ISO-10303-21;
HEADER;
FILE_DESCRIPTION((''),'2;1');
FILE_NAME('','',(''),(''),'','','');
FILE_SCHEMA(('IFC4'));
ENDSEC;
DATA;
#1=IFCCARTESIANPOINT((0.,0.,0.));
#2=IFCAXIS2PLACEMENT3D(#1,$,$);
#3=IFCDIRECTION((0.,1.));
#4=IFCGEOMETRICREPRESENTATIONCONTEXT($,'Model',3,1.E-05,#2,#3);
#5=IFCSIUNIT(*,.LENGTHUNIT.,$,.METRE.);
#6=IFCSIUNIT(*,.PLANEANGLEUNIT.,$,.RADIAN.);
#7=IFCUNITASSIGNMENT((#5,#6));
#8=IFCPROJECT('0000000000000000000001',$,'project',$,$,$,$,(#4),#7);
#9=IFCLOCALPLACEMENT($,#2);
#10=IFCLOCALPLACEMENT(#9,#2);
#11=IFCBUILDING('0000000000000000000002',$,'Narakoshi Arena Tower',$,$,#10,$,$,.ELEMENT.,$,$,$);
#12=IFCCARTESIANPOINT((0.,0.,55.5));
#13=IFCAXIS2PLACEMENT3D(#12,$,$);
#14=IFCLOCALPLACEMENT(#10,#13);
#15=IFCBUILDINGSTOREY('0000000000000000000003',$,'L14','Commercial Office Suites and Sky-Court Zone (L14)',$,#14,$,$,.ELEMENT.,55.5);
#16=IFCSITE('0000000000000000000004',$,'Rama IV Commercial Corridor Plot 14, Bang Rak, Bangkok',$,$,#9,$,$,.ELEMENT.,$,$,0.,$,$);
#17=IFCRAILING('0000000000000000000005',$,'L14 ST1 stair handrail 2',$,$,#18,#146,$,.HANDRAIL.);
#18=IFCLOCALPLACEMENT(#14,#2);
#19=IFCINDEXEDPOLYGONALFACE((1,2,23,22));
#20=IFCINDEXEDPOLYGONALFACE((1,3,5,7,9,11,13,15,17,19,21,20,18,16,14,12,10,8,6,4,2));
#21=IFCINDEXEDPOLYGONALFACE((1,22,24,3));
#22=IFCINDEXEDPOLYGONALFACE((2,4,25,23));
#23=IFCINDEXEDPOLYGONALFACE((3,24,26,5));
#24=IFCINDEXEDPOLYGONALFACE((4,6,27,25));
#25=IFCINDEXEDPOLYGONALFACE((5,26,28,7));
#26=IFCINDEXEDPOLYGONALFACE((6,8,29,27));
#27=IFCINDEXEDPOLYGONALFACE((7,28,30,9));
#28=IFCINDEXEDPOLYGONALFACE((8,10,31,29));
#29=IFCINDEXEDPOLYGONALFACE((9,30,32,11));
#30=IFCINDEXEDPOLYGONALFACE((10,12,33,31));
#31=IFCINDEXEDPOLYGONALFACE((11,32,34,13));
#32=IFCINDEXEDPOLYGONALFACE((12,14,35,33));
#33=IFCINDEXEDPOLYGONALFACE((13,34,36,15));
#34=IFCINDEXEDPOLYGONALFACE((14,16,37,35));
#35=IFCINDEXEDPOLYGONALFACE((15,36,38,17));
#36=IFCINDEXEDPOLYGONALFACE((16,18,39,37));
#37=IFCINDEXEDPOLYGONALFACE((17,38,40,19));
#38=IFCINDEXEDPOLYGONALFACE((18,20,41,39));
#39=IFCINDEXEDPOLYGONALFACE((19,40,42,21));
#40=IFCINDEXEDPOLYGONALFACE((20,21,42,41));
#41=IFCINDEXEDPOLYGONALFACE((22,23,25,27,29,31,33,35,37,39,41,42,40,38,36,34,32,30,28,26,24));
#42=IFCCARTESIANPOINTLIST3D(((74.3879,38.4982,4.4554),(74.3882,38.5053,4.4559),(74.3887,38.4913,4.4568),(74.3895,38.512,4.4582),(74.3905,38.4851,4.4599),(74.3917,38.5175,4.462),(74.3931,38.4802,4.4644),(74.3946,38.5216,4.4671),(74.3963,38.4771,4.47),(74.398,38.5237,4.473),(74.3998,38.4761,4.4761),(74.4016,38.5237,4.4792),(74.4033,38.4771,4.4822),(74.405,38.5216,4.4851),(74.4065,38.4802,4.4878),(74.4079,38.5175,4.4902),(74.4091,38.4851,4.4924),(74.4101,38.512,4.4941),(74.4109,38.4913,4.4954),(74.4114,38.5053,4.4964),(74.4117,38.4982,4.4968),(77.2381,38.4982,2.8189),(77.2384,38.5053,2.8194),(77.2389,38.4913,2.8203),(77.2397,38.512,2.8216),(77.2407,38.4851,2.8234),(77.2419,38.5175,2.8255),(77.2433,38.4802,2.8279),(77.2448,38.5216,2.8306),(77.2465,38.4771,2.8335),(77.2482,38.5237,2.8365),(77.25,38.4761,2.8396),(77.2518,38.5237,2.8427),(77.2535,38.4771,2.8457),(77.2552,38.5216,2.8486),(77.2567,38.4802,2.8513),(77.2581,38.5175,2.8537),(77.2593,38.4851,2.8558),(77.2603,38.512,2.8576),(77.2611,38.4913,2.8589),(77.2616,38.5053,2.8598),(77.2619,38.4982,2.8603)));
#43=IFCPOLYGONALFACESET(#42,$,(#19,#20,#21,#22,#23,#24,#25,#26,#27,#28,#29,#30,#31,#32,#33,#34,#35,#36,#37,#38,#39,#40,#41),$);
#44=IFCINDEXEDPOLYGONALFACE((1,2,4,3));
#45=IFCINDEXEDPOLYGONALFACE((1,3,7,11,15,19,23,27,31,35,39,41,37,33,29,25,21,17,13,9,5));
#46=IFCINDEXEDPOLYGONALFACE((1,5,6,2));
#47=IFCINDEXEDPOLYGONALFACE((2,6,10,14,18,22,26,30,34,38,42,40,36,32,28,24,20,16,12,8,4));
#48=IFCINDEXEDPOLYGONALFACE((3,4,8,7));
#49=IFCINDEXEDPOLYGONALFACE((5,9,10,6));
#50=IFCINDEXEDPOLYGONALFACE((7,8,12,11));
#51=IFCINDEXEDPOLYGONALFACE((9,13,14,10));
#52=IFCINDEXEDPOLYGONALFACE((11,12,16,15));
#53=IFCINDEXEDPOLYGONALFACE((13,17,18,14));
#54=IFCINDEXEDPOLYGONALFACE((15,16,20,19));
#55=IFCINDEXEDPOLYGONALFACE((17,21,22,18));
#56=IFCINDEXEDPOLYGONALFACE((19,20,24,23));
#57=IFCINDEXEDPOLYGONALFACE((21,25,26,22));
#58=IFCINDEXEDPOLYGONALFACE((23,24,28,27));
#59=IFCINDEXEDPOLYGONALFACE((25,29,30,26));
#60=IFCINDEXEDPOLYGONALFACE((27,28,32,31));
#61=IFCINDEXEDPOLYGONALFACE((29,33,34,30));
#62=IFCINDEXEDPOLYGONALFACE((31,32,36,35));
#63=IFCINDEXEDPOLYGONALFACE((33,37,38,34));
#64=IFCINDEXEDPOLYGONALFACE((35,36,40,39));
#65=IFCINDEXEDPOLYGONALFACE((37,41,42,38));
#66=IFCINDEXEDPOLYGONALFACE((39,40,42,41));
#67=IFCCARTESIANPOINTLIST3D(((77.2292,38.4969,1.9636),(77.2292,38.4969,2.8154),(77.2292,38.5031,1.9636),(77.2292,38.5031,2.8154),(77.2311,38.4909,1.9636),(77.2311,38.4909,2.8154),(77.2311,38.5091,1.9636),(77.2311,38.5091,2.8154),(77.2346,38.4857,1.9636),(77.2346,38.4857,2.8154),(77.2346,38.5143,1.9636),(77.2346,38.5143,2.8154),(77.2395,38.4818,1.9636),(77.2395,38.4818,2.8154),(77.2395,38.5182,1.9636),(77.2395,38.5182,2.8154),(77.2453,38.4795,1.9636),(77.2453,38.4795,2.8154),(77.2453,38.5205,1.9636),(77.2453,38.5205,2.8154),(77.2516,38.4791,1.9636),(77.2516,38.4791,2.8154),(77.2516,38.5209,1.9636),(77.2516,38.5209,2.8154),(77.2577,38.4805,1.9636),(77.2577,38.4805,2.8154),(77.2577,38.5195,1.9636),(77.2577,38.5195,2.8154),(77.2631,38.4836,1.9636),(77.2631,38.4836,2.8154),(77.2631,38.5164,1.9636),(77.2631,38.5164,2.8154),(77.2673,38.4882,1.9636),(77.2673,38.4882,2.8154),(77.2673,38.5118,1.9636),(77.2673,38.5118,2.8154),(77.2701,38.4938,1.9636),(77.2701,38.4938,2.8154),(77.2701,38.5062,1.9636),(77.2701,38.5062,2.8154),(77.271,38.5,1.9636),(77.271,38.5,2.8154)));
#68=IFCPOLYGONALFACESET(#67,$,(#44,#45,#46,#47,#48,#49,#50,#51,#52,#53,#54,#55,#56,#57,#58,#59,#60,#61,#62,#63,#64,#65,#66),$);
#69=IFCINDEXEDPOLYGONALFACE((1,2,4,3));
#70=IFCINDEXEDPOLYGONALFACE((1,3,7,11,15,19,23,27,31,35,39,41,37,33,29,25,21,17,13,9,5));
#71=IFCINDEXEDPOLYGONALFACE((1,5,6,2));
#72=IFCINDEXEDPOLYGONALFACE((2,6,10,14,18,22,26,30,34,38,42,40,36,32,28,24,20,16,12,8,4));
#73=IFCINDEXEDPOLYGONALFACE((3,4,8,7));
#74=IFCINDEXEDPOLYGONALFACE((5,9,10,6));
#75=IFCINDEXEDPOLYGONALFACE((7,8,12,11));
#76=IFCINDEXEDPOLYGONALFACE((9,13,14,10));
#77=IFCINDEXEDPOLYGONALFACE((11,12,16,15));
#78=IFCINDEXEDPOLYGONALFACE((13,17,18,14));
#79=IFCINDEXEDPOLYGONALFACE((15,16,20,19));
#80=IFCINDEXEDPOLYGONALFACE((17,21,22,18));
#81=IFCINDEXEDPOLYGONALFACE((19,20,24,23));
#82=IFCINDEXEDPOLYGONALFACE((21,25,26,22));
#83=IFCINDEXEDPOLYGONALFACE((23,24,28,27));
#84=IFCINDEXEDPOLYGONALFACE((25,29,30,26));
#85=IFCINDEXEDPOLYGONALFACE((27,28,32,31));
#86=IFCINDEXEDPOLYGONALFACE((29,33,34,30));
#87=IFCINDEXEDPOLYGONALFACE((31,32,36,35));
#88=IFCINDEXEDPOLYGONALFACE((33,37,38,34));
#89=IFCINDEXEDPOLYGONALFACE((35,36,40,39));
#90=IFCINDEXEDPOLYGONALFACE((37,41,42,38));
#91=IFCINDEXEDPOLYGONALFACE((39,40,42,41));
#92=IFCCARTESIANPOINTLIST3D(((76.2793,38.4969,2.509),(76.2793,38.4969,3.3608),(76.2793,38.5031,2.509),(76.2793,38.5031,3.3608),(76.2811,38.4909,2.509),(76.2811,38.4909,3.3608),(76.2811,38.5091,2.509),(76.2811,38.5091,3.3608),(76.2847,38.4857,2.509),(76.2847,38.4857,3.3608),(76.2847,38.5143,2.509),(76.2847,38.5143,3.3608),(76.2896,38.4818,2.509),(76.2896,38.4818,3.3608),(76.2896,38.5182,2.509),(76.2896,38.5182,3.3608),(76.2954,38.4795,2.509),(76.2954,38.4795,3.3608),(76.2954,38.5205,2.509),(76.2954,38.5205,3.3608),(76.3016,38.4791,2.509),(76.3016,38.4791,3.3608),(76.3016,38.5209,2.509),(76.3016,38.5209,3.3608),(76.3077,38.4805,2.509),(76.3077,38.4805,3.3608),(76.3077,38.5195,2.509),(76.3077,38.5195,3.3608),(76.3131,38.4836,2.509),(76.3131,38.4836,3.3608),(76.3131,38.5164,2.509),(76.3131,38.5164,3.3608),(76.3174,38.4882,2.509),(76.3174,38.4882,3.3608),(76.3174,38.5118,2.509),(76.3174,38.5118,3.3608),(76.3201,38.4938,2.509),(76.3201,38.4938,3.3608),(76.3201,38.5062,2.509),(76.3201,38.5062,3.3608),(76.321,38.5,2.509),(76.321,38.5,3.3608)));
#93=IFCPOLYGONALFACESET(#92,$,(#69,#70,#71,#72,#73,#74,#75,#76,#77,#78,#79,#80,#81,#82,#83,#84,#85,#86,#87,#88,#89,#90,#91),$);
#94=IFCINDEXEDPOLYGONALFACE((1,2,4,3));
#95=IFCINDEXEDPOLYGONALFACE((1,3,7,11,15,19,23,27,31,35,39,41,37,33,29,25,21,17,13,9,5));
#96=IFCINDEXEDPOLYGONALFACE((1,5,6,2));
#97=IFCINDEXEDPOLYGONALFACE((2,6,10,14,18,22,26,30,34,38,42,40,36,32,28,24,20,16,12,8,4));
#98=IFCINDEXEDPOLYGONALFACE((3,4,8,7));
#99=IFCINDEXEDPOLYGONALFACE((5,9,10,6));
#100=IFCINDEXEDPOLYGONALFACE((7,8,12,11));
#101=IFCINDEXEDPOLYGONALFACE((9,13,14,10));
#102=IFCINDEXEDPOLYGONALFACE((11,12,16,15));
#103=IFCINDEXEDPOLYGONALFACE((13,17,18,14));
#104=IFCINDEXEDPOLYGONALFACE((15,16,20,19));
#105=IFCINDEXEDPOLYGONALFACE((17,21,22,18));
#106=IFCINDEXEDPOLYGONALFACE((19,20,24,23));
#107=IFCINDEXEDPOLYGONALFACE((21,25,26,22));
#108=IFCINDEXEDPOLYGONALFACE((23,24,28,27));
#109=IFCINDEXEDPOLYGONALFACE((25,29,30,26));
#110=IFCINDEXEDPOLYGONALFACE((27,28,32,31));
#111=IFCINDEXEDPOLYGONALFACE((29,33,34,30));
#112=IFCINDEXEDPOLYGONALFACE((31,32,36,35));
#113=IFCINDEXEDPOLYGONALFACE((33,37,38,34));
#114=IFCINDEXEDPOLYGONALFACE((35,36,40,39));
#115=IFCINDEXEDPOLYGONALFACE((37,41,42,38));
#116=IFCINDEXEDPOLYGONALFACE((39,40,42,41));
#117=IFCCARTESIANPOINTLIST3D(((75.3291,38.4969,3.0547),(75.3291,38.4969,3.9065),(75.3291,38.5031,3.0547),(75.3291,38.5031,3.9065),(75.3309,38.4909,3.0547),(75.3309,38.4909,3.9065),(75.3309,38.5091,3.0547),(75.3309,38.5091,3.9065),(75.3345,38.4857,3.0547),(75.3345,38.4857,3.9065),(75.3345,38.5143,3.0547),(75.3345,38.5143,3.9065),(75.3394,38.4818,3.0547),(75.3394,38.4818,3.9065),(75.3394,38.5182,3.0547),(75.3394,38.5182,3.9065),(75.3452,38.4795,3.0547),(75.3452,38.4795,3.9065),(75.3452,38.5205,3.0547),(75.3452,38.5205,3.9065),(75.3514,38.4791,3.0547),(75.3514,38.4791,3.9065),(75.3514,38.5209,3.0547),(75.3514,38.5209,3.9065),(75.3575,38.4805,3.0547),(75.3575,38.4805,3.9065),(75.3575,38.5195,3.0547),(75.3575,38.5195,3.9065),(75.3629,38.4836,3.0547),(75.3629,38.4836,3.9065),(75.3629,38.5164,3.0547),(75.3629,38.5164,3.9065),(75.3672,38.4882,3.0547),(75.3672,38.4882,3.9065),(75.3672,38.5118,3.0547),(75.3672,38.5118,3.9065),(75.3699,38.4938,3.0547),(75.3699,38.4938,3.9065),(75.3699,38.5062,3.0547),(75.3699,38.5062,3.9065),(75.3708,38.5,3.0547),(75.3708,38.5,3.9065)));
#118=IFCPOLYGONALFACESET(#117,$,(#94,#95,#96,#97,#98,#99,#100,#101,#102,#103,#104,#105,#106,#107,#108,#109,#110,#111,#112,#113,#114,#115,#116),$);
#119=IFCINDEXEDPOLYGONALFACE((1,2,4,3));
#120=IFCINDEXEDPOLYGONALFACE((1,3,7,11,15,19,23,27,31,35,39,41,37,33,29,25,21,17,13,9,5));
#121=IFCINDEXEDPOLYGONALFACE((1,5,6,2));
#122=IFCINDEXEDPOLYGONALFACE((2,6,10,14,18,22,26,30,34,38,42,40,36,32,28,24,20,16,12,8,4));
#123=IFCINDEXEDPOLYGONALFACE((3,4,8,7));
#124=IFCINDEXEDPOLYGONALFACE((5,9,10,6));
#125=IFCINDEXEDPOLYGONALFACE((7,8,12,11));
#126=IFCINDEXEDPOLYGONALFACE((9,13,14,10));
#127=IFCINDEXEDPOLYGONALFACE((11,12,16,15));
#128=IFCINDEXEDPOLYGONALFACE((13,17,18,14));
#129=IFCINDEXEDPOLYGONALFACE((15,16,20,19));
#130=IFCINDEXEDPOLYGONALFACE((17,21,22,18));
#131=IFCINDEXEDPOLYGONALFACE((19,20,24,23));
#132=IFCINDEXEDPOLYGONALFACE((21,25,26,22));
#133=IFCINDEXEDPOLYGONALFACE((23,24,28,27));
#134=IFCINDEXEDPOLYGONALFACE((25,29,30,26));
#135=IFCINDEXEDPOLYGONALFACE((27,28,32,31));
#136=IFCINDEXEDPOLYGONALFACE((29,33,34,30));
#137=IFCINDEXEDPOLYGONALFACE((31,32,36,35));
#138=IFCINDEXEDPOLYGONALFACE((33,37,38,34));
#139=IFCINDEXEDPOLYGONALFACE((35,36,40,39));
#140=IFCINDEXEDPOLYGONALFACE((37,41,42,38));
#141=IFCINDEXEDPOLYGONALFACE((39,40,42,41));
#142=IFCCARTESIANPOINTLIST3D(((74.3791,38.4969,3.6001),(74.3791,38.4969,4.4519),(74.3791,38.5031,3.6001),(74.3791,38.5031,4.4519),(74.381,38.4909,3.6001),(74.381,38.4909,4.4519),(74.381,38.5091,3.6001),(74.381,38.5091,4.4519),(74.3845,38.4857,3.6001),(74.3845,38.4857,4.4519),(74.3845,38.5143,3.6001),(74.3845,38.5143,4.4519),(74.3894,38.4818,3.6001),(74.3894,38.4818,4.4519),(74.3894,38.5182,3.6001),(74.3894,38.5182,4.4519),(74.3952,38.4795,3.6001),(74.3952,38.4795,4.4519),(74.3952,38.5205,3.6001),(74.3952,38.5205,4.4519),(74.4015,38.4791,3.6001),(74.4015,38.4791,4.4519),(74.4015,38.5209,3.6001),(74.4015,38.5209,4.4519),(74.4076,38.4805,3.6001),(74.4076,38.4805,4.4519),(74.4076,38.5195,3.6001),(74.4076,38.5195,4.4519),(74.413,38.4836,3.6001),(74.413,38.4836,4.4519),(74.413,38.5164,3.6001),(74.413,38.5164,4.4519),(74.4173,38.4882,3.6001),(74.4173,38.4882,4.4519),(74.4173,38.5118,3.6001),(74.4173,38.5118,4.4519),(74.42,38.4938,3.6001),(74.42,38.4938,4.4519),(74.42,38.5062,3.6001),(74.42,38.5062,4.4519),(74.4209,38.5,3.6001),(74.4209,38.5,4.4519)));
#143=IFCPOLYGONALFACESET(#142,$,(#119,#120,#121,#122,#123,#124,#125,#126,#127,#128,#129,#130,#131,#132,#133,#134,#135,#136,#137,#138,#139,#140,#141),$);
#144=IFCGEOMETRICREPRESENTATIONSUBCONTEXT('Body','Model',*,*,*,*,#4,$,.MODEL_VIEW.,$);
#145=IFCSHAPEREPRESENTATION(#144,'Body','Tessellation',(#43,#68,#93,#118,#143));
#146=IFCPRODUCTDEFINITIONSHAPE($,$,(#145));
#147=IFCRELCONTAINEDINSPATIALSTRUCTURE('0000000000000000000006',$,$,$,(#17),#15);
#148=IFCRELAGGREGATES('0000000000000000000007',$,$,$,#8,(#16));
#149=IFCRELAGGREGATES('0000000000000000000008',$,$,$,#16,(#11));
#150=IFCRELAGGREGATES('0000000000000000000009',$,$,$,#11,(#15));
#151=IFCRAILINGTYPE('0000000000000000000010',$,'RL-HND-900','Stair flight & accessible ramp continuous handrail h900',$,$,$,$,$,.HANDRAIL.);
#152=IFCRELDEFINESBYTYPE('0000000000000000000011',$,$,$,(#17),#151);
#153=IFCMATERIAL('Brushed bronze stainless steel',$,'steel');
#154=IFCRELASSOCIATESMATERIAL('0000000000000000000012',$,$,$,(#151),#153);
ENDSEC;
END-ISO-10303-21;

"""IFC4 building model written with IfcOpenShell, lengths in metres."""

from ifc_helpers import new_model, si_unit, direction, frame, origin, origin_2d, place, context, subcontext, project, spatial, circle, extrude, material, type_object, element, save


model = new_model("IFC4")

# Units and contexts
model_context = context("Model", 3, precision=1e-05, world=origin(), true_north=direction((0.0, 1.0)))
body_context = subcontext(model_context, "Body", "Model", "MODEL_VIEW")
ifc_project = project(units=[si_unit("LENGTHUNIT", "METRE"), si_unit("PLANEANGLEUNIT", "RADIAN")], contexts=[model_context])

# Site, building, storey
site_placement = place(None, origin())
site = spatial("IfcSite", under=ifc_project, at=site_placement, Name="Rama IV Commercial Corridor Plot 14, Bang Rak, Bangkok", CompositionType="ELEMENT", RefElevation=0.0)
building_placement = place(site_placement, origin())
building = spatial("IfcBuilding", under=site, at=building_placement, Name="Narakoshi Arena Tower", CompositionType="ELEMENT")
storey_placement = place(building_placement, frame((0.0, 0.0, 55.5)))
storey = spatial("IfcBuildingStorey", under=building, at=storey_placement, Name="L14", Description="Commercial Office Suites and Sky-Court Zone (L14)", CompositionType="ELEMENT", Elevation=55.5)

# Shared definitions
ifc_material_1 = material(Name="Brushed bronze stainless steel", Category="steel")

# Railing
railing_type_1 = type_object("IfcRailingType", Name="RL-HND-900", Description="Stair flight & accessible ramp continuous handrail h900", PredefinedType="HANDRAIL", material=ifc_material_1)
railing_1_placement = place(storey_placement, frame((77.25, 38.5, 1.9636)))
element("IfcRailing", 1, at=railing_1_placement, inside=storey, type_object=railing_type_1, Name="L14 ST1 stair handrail 2", PredefinedType="HANDRAIL", context=body_context, shape_type="SweptSolid", body=[
    extrude(circle(Radius=0.0239, at=origin_2d()), frame((0.0, 0.0, 0.876), z_axis=(-0.867213, 0.0, 0.497938), x_axis=(0.0, -1.0, 0.0)), (0.0, 0.0, 1.0), 3.2866),
    extrude(circle(Radius=0.021, at=origin_2d()), origin(), (0.0, 0.0, 1.0), 0.8518),
    extrude(circle(Radius=0.021, at=origin_2d()), frame((-0.95, 0.0, 0.5454)), (0.0, 0.0, 1.0), 0.8518),
    extrude(circle(Radius=0.021, at=origin_2d()), frame((-1.9001, 0.0, 1.0911)), (0.0, 0.0, 1.0), 0.8518),
    extrude(circle(Radius=0.021, at=origin_2d()), frame((-2.8501, 0.0, 1.6365)), (0.0, 0.0, 1.0), 0.8518),
])

save(model, "model.ifc")
